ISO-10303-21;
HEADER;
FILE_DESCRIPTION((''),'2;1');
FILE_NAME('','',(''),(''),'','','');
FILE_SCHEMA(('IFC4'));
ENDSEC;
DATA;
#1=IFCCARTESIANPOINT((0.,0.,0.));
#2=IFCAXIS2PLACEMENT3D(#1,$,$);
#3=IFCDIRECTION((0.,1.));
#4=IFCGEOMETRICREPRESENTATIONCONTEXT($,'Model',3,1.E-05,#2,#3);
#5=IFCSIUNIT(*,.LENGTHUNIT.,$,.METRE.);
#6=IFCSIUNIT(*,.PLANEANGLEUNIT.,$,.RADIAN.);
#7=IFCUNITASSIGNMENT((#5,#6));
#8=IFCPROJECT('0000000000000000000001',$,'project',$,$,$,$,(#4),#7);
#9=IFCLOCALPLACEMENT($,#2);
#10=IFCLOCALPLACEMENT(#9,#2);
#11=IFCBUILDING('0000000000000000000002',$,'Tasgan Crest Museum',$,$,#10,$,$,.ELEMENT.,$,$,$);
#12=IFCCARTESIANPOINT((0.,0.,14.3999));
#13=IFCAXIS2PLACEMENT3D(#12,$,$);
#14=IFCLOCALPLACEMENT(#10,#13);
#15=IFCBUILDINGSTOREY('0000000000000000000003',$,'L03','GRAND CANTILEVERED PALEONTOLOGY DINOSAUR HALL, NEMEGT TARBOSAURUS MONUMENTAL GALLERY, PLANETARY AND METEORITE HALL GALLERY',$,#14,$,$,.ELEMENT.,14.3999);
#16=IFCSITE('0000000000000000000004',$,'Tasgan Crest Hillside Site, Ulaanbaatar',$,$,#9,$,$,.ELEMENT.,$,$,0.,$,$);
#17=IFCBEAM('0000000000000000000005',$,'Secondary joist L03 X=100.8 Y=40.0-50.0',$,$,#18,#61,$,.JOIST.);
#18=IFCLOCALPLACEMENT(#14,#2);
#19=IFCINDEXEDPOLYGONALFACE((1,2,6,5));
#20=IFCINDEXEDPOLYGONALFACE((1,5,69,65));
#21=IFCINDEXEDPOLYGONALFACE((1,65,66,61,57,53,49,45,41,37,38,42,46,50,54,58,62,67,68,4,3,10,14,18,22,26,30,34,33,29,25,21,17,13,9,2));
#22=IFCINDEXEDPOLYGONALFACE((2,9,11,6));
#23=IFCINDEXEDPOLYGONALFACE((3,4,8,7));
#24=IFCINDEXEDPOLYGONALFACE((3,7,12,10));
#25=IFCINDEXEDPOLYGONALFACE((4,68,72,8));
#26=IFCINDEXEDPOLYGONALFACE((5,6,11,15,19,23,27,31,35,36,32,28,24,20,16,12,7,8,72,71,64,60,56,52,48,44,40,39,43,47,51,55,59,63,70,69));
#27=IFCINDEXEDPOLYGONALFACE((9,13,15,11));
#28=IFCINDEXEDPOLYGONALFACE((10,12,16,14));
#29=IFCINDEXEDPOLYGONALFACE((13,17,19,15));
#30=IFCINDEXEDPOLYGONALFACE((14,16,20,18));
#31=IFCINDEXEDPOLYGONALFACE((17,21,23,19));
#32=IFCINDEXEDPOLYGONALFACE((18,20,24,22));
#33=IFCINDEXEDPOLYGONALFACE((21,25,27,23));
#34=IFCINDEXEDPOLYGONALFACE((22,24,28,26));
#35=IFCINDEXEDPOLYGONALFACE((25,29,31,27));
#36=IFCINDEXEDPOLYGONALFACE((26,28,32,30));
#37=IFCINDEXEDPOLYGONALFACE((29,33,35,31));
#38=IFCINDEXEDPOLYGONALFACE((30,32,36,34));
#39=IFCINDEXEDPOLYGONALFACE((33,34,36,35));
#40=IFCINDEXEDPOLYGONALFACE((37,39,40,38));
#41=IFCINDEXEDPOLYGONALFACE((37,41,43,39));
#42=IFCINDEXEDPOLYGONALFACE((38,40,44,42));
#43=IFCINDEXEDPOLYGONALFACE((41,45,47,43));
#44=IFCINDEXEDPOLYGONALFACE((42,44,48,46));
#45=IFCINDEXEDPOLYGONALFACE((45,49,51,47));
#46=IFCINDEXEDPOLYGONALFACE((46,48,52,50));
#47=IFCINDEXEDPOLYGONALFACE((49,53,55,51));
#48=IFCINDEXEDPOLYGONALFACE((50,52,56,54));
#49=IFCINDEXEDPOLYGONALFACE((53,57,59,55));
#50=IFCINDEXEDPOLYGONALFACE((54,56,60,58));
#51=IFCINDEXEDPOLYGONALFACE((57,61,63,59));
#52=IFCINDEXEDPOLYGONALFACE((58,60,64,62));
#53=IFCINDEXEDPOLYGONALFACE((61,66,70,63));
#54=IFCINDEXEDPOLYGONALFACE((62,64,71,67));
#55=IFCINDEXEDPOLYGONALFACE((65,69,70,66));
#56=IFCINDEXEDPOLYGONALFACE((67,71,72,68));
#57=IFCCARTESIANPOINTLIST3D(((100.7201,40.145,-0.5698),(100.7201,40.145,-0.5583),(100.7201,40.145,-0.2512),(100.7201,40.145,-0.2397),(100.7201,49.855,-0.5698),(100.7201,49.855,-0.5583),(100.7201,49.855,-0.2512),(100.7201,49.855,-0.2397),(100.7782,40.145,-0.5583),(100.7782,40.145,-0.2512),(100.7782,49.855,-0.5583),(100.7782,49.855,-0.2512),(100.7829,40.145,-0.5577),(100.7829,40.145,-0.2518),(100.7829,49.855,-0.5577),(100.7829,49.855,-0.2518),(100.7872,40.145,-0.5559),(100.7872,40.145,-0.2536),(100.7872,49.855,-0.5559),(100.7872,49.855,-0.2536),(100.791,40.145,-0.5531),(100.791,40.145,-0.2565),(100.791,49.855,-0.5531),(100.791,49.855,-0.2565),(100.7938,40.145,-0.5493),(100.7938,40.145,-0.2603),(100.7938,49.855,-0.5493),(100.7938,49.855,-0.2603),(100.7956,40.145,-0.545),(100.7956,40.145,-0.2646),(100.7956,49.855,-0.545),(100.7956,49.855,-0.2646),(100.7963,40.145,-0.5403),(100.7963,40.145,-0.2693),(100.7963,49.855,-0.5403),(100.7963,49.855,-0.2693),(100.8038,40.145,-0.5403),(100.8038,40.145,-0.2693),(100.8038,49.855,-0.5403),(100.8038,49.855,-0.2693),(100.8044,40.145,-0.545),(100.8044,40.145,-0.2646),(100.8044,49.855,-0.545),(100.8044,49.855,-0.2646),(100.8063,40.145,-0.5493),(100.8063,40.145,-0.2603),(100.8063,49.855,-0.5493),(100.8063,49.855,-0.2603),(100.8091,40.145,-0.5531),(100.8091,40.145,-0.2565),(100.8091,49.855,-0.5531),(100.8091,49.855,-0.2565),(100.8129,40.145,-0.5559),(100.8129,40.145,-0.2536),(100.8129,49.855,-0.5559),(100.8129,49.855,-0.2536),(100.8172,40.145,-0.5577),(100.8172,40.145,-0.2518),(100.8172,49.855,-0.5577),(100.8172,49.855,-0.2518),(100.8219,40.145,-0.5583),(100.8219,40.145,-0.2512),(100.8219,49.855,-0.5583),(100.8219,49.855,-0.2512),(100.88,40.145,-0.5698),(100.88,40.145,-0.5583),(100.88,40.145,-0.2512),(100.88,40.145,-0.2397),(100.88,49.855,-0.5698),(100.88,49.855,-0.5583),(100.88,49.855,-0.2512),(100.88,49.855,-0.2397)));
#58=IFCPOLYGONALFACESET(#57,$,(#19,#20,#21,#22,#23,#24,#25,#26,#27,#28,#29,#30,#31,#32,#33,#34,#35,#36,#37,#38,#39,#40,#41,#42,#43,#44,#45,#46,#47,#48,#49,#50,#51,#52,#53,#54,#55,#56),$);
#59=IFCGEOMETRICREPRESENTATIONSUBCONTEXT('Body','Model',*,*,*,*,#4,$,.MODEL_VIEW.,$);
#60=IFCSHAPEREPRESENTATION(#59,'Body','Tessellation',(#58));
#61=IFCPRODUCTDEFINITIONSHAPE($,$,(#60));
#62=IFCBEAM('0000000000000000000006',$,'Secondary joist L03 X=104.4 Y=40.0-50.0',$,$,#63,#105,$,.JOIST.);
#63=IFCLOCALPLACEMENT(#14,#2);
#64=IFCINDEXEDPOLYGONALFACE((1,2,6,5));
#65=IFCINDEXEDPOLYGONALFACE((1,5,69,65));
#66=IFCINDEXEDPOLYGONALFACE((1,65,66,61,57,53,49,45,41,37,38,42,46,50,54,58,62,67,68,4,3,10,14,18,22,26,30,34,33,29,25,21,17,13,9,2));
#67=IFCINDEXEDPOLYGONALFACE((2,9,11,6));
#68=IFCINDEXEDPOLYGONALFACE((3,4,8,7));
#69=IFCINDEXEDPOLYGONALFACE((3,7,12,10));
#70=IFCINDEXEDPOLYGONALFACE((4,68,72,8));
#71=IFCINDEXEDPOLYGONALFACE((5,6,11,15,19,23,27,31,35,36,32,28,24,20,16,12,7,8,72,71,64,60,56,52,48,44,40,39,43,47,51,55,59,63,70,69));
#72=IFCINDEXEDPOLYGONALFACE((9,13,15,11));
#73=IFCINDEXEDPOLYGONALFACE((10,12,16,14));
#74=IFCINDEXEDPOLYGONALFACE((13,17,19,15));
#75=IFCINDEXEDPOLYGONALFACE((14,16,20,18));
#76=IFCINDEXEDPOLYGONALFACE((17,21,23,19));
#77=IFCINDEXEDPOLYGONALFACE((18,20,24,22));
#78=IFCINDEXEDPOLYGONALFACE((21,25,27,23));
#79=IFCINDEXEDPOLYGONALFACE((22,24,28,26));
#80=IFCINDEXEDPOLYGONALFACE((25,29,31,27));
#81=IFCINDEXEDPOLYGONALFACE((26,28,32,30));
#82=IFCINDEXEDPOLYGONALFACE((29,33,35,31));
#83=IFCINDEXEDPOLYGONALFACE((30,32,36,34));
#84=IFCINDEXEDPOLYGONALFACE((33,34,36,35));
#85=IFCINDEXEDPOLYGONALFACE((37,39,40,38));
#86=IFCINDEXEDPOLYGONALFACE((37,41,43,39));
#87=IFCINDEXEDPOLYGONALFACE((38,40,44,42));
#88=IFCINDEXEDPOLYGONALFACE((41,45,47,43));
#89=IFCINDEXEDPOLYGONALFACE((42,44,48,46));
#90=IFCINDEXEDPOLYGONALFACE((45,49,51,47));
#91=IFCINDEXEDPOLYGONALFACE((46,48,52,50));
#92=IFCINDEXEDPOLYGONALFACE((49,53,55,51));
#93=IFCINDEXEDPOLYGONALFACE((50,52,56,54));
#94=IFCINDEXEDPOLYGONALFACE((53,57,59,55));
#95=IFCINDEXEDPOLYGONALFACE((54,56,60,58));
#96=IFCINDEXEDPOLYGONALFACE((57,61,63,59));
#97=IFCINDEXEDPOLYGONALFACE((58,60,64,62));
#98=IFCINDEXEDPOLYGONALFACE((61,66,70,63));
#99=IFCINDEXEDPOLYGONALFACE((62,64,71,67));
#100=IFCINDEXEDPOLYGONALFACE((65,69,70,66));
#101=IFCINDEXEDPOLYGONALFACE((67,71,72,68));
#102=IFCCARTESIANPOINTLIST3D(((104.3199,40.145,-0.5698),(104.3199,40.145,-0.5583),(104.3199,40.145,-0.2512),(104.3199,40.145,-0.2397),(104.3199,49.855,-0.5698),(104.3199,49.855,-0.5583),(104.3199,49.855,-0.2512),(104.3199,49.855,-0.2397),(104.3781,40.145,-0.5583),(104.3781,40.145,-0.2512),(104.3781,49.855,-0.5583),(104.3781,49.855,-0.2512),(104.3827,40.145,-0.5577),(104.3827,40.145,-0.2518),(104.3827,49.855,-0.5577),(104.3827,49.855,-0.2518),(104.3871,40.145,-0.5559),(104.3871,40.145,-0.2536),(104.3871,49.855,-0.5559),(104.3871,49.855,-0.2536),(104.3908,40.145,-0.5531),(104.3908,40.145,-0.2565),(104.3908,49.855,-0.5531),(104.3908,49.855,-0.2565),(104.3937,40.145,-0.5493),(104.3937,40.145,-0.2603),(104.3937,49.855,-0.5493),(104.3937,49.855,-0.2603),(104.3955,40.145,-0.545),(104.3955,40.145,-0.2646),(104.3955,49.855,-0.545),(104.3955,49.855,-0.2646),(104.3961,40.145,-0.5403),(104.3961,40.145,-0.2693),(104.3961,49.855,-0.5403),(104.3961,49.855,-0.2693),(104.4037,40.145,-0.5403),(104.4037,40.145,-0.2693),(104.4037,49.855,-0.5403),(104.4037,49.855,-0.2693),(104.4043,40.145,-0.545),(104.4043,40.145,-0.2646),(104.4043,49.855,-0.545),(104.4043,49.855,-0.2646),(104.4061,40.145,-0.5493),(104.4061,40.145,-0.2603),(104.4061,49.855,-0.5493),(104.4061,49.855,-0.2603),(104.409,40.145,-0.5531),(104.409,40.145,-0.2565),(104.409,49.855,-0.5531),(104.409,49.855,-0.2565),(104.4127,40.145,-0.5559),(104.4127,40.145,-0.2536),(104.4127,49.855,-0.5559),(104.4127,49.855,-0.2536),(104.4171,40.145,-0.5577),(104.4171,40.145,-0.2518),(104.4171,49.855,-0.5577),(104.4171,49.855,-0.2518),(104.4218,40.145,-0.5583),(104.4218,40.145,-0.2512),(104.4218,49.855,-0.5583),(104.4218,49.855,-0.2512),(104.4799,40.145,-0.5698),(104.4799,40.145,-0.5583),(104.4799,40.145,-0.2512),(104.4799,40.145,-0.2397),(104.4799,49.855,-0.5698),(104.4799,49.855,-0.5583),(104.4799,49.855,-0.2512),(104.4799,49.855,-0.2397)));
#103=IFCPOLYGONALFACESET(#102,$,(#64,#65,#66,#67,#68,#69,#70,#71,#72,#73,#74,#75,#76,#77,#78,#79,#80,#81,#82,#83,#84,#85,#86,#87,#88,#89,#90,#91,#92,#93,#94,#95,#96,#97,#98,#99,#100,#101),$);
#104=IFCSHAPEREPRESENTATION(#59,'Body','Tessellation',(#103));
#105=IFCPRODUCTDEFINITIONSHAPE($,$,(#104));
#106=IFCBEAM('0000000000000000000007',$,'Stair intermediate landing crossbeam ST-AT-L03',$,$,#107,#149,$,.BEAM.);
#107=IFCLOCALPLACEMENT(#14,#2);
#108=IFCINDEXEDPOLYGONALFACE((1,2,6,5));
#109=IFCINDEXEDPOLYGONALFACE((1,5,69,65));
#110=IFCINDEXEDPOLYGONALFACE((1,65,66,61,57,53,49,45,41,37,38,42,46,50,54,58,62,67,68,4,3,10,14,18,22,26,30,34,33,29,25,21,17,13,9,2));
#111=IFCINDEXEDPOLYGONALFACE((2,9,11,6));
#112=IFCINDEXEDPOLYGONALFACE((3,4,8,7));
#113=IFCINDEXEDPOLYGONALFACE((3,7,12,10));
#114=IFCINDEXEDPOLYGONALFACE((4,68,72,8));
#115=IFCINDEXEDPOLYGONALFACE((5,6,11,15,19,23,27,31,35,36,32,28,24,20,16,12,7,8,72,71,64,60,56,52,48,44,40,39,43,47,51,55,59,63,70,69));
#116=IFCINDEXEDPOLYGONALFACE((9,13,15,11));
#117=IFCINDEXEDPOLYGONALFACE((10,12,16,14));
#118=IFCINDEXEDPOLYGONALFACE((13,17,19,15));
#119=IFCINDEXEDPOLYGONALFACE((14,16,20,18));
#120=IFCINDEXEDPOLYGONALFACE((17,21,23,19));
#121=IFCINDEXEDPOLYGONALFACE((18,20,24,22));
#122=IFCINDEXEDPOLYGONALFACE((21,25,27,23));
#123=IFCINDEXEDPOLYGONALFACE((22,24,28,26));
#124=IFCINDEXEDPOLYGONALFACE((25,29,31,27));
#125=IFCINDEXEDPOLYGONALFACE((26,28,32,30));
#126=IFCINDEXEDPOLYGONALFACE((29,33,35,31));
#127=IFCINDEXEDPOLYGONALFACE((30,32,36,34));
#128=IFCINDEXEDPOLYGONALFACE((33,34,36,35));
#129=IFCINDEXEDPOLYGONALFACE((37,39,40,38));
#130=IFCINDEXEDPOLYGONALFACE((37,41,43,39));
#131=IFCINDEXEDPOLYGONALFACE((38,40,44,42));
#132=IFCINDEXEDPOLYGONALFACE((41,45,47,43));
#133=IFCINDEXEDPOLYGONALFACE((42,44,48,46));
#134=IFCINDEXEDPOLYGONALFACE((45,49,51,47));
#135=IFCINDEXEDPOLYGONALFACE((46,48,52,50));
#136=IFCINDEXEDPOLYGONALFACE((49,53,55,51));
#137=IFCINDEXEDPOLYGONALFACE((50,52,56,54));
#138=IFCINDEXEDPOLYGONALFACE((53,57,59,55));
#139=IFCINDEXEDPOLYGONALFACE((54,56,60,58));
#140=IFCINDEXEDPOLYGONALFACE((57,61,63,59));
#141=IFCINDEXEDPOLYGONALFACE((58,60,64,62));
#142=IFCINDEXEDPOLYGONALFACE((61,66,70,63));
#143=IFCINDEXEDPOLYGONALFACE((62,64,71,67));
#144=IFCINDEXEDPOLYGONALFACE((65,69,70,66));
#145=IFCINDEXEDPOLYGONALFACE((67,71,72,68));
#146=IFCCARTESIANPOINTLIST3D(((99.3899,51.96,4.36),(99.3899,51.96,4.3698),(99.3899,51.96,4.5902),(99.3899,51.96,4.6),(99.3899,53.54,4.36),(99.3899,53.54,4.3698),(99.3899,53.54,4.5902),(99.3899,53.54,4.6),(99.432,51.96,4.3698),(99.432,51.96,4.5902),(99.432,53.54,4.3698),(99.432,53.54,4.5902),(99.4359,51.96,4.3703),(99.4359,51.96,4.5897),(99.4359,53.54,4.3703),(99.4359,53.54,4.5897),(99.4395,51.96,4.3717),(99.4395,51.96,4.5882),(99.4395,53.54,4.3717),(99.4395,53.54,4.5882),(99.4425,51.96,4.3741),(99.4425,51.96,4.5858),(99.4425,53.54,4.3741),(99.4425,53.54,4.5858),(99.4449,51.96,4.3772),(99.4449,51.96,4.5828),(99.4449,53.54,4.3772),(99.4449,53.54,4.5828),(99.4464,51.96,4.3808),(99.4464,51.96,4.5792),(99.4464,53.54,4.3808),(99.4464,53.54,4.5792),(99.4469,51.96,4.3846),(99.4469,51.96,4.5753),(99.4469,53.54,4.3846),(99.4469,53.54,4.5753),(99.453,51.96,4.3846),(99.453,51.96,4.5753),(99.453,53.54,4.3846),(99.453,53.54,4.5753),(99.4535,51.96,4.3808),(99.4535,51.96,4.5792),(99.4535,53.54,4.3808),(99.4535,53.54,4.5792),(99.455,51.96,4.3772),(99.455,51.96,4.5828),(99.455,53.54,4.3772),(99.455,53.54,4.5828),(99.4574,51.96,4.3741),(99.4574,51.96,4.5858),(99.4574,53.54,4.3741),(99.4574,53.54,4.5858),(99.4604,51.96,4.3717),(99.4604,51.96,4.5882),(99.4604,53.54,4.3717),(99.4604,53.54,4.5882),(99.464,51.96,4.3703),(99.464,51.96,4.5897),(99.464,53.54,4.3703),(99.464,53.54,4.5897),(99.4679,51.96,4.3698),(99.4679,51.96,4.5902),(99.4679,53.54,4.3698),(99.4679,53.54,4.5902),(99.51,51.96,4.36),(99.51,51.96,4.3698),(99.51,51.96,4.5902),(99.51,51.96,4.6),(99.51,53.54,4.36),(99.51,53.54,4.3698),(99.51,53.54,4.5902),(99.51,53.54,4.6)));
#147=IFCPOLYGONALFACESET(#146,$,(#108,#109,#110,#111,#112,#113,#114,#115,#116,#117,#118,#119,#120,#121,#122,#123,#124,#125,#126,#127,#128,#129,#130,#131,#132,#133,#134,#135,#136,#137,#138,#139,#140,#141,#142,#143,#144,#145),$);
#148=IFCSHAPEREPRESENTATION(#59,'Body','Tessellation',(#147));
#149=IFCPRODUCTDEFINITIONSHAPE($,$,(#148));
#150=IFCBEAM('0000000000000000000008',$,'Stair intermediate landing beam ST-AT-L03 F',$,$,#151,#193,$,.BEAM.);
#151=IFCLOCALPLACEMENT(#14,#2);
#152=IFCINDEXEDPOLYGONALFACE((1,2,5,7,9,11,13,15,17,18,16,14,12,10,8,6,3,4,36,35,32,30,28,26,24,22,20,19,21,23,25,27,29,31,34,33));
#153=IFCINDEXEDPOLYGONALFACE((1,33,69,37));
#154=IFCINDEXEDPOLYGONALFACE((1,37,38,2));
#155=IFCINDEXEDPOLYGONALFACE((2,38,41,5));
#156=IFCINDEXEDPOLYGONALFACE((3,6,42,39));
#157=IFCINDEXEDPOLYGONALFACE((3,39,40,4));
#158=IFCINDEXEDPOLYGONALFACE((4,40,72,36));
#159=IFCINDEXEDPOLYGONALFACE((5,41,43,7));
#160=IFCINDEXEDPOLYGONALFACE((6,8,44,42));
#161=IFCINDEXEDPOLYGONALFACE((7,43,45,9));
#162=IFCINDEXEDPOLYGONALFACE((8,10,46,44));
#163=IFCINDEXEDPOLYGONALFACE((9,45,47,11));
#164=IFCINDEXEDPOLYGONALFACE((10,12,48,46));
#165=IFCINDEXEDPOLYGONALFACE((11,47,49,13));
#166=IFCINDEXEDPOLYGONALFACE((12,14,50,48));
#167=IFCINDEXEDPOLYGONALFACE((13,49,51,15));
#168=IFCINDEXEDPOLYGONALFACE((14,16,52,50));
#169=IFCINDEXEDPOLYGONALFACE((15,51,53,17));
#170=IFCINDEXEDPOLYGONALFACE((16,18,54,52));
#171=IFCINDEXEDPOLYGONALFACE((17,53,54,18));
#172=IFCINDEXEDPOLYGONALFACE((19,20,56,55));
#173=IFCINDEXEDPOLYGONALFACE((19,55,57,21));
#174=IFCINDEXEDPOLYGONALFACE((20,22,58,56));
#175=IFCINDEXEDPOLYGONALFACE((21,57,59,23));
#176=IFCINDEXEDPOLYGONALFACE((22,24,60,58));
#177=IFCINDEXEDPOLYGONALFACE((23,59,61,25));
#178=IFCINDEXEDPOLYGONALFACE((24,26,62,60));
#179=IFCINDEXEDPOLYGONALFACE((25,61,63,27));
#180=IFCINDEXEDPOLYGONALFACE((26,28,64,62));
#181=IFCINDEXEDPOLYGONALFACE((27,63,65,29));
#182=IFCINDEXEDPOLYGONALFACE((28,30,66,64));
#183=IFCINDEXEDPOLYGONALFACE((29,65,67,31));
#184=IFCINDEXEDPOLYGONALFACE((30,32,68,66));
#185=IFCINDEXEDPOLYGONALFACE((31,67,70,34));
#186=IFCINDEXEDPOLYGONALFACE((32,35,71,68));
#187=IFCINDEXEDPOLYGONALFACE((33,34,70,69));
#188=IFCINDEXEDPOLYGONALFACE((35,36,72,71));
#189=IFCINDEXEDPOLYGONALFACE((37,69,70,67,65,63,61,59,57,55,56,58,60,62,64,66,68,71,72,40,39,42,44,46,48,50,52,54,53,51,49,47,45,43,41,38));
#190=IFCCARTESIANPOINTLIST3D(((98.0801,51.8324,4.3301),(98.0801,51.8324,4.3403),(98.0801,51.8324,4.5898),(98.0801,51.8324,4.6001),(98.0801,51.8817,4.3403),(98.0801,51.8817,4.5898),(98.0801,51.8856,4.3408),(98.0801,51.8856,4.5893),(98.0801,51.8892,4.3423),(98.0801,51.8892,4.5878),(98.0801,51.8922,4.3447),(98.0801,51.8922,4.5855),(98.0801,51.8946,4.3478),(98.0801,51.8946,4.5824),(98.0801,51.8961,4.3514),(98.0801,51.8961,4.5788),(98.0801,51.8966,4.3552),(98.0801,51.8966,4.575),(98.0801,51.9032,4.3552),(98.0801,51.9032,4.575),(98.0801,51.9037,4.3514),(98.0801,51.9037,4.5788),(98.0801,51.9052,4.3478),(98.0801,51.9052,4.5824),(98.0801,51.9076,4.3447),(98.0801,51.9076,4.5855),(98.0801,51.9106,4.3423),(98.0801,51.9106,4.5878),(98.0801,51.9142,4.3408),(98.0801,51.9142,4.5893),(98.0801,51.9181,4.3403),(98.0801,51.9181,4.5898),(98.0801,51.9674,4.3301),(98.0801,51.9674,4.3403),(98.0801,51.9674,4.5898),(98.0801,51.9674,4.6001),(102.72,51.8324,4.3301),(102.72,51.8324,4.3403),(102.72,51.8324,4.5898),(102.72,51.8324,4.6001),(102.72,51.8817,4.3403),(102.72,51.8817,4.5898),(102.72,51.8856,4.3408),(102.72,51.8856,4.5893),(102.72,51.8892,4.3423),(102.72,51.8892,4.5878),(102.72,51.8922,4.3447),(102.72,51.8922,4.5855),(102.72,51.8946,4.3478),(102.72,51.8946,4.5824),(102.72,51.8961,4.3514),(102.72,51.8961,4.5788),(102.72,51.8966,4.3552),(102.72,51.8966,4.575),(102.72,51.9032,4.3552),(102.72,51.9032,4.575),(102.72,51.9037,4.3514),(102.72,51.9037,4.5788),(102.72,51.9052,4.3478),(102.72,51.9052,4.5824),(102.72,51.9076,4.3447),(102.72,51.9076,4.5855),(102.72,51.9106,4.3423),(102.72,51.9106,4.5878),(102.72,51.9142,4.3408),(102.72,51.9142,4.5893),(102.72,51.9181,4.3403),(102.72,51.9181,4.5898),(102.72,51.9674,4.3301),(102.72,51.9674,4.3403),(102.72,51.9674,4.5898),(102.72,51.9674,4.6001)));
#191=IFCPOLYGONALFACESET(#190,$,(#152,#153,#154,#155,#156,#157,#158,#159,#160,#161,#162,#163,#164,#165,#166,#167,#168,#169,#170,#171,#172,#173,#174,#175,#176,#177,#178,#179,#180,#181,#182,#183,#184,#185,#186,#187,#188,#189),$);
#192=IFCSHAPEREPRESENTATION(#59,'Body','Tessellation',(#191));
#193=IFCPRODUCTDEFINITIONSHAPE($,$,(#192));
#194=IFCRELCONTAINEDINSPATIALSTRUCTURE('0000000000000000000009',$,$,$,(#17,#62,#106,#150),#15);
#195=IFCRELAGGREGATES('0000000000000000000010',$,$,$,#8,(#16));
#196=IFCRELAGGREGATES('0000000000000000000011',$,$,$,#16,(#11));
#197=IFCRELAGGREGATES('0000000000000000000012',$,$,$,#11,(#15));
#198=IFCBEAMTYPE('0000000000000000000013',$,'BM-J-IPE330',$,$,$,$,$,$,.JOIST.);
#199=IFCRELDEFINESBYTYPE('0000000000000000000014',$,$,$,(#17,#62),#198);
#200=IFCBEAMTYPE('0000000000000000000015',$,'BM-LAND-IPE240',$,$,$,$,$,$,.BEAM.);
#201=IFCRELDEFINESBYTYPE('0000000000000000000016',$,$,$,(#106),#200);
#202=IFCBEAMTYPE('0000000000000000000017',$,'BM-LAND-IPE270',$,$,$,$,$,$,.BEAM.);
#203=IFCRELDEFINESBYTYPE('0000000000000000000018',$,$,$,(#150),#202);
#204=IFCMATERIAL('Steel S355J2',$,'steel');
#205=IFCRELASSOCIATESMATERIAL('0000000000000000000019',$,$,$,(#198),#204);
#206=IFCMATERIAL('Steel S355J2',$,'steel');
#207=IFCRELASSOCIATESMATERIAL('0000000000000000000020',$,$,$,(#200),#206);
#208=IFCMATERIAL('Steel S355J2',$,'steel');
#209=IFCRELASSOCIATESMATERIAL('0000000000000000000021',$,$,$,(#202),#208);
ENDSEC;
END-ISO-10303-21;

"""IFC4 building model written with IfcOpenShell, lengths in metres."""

from ifc_helpers import new_model, si_unit, direction, frame, origin, origin_2d, place, context, subcontext, project, spatial, i_section, extrude, material, material_profile, profile_set, type_object, element, save


model = new_model("IFC4")

# Units and contexts
model_context = context("Model", 3, precision=1e-05, world=origin(), true_north=direction((0.0, 1.0)))
body_context = subcontext(model_context, "Body", "Model", "MODEL_VIEW")
ifc_project = project(units=[si_unit("LENGTHUNIT", "METRE"), si_unit("PLANEANGLEUNIT", "RADIAN")], contexts=[model_context])

# Site, building, storey
site_placement = place(None, origin())
site = spatial("IfcSite", under=ifc_project, at=site_placement, Name="Tasgan Crest Hillside Site, Ulaanbaatar", CompositionType="ELEMENT", RefElevation=0.0)
building_placement = place(site_placement, origin())
building = spatial("IfcBuilding", under=site, at=building_placement, Name="Tasgan Crest Museum", CompositionType="ELEMENT")
storey_placement = place(building_placement, frame((0.0, 0.0, 14.3999)))
storey = spatial("IfcBuildingStorey", under=building, at=storey_placement, Name="L03", Description="GRAND CANTILEVERED PALEONTOLOGY DINOSAUR HALL, NEMEGT TARBOSAURUS MONUMENTAL GALLERY, PLANETARY AND METEORITE HALL GALLERY", CompositionType="ELEMENT", Elevation=14.3999)

# Beams
ifc_material_1 = material(Name="Steel S355J2", Category="steel")
ifc_material_profile_1 = material_profile(ifc_material_1, i_section(OverallWidth=0.1599, OverallDepth=0.3301, WebThickness=0.0076, FlangeThickness=0.0115, FilletRadius=0.0181, at=origin_2d()), Name="IPE 330")
ifc_profile_set_1 = profile_set([ifc_material_profile_1], Name="Steel S355J2")
beam_type_1 = type_object("IfcBeamType", Name="BM-J-IPE330", PredefinedType="JOIST", material=ifc_profile_set_1)
for number, where, z_axis, x_axis, name in (
    (1, (100.8, 40.145, -0.4048), (0.0, 1.0, 0.0), (-1.0, 0.0, 0.0), "Secondary joist L03 X=100.8 Y=40.0-50.0"),
    (2, (104.3999, 40.145, -0.4048), (0.0, 1.0, 0.0), (-1.0, 0.0, 0.0), "Secondary joist L03 X=104.4 Y=40.0-50.0"),
):
    element("IfcBeam", number, at=place(storey_placement, frame(where, z_axis=z_axis, x_axis=x_axis)), inside=storey, type_object=beam_type_1, Name=name, PredefinedType="JOIST", context=body_context, shape_type="SweptSolid", body=[
        extrude(i_section(OverallWidth=0.1599, OverallDepth=0.3301, WebThickness=0.0076, FlangeThickness=0.0115, FilletRadius=0.0181, at=origin_2d()), origin(), (0.0, 0.0, 1.0), 9.71),
    ])
ifc_material_2 = material(Name="Steel S355J2", Category="steel")
ifc_material_profile_2 = material_profile(ifc_material_2, i_section(OverallWidth=0.1201, OverallDepth=0.24, WebThickness=0.0061, FlangeThickness=0.0098, FilletRadius=0.0149, at=origin_2d()), Name="IPE 240")
ifc_profile_set_2 = profile_set([ifc_material_profile_2], Name="Steel S355J2")
beam_type_2 = type_object("IfcBeamType", Name="BM-LAND-IPE240", PredefinedType="BEAM", material=ifc_profile_set_2)
beam_1_placement = place(storey_placement, frame((99.45, 51.96, 4.48), z_axis=(0.0, 1.0, 0.0), x_axis=(-1.0, 0.0, 0.0)))
element("IfcBeam", 3, at=beam_1_placement, inside=storey, type_object=beam_type_2, Name="Stair intermediate landing crossbeam ST-AT-L03", PredefinedType="BEAM", context=body_context, shape_type="SweptSolid", body=[
    extrude(i_section(OverallWidth=0.1201, OverallDepth=0.24, WebThickness=0.0061, FlangeThickness=0.0098, FilletRadius=0.0149, at=origin_2d()), origin(), (0.0, 0.0, 1.0), 1.5801),
])
ifc_material_3 = material(Name="Steel S355J2", Category="steel")
ifc_material_profile_3 = material_profile(ifc_material_3, i_section(OverallWidth=0.135, OverallDepth=0.27, WebThickness=0.0066, FlangeThickness=0.0103, FilletRadius=0.0149, at=origin_2d()), Name="IPE 270")
ifc_profile_set_3 = profile_set([ifc_material_profile_3], Name="Steel S355J2")
beam_type_3 = type_object("IfcBeamType", Name="BM-LAND-IPE270", PredefinedType="BEAM", material=ifc_profile_set_3)
for number, where, z_axis, x_axis, name in (
    (4, (98.0801, 51.8999, 4.4651), (1.0, 0.0, 0.0), (0.0, 1.0, 0.0), "Stair intermediate landing beam ST-AT-L03 F"),
):
    element("IfcBeam", number, at=place(storey_placement, frame(where, z_axis=z_axis, x_axis=x_axis)), inside=storey, type_object=beam_type_3, Name=name, PredefinedType="BEAM", context=body_context, shape_type="SweptSolid", body=[
        extrude(i_section(OverallWidth=0.135, OverallDepth=0.27, WebThickness=0.0066, FlangeThickness=0.0103, FilletRadius=0.0149, at=origin_2d()), origin(), (0.0, 0.0, 1.0), 4.6399),
    ])

save(model, "model.ifc")
